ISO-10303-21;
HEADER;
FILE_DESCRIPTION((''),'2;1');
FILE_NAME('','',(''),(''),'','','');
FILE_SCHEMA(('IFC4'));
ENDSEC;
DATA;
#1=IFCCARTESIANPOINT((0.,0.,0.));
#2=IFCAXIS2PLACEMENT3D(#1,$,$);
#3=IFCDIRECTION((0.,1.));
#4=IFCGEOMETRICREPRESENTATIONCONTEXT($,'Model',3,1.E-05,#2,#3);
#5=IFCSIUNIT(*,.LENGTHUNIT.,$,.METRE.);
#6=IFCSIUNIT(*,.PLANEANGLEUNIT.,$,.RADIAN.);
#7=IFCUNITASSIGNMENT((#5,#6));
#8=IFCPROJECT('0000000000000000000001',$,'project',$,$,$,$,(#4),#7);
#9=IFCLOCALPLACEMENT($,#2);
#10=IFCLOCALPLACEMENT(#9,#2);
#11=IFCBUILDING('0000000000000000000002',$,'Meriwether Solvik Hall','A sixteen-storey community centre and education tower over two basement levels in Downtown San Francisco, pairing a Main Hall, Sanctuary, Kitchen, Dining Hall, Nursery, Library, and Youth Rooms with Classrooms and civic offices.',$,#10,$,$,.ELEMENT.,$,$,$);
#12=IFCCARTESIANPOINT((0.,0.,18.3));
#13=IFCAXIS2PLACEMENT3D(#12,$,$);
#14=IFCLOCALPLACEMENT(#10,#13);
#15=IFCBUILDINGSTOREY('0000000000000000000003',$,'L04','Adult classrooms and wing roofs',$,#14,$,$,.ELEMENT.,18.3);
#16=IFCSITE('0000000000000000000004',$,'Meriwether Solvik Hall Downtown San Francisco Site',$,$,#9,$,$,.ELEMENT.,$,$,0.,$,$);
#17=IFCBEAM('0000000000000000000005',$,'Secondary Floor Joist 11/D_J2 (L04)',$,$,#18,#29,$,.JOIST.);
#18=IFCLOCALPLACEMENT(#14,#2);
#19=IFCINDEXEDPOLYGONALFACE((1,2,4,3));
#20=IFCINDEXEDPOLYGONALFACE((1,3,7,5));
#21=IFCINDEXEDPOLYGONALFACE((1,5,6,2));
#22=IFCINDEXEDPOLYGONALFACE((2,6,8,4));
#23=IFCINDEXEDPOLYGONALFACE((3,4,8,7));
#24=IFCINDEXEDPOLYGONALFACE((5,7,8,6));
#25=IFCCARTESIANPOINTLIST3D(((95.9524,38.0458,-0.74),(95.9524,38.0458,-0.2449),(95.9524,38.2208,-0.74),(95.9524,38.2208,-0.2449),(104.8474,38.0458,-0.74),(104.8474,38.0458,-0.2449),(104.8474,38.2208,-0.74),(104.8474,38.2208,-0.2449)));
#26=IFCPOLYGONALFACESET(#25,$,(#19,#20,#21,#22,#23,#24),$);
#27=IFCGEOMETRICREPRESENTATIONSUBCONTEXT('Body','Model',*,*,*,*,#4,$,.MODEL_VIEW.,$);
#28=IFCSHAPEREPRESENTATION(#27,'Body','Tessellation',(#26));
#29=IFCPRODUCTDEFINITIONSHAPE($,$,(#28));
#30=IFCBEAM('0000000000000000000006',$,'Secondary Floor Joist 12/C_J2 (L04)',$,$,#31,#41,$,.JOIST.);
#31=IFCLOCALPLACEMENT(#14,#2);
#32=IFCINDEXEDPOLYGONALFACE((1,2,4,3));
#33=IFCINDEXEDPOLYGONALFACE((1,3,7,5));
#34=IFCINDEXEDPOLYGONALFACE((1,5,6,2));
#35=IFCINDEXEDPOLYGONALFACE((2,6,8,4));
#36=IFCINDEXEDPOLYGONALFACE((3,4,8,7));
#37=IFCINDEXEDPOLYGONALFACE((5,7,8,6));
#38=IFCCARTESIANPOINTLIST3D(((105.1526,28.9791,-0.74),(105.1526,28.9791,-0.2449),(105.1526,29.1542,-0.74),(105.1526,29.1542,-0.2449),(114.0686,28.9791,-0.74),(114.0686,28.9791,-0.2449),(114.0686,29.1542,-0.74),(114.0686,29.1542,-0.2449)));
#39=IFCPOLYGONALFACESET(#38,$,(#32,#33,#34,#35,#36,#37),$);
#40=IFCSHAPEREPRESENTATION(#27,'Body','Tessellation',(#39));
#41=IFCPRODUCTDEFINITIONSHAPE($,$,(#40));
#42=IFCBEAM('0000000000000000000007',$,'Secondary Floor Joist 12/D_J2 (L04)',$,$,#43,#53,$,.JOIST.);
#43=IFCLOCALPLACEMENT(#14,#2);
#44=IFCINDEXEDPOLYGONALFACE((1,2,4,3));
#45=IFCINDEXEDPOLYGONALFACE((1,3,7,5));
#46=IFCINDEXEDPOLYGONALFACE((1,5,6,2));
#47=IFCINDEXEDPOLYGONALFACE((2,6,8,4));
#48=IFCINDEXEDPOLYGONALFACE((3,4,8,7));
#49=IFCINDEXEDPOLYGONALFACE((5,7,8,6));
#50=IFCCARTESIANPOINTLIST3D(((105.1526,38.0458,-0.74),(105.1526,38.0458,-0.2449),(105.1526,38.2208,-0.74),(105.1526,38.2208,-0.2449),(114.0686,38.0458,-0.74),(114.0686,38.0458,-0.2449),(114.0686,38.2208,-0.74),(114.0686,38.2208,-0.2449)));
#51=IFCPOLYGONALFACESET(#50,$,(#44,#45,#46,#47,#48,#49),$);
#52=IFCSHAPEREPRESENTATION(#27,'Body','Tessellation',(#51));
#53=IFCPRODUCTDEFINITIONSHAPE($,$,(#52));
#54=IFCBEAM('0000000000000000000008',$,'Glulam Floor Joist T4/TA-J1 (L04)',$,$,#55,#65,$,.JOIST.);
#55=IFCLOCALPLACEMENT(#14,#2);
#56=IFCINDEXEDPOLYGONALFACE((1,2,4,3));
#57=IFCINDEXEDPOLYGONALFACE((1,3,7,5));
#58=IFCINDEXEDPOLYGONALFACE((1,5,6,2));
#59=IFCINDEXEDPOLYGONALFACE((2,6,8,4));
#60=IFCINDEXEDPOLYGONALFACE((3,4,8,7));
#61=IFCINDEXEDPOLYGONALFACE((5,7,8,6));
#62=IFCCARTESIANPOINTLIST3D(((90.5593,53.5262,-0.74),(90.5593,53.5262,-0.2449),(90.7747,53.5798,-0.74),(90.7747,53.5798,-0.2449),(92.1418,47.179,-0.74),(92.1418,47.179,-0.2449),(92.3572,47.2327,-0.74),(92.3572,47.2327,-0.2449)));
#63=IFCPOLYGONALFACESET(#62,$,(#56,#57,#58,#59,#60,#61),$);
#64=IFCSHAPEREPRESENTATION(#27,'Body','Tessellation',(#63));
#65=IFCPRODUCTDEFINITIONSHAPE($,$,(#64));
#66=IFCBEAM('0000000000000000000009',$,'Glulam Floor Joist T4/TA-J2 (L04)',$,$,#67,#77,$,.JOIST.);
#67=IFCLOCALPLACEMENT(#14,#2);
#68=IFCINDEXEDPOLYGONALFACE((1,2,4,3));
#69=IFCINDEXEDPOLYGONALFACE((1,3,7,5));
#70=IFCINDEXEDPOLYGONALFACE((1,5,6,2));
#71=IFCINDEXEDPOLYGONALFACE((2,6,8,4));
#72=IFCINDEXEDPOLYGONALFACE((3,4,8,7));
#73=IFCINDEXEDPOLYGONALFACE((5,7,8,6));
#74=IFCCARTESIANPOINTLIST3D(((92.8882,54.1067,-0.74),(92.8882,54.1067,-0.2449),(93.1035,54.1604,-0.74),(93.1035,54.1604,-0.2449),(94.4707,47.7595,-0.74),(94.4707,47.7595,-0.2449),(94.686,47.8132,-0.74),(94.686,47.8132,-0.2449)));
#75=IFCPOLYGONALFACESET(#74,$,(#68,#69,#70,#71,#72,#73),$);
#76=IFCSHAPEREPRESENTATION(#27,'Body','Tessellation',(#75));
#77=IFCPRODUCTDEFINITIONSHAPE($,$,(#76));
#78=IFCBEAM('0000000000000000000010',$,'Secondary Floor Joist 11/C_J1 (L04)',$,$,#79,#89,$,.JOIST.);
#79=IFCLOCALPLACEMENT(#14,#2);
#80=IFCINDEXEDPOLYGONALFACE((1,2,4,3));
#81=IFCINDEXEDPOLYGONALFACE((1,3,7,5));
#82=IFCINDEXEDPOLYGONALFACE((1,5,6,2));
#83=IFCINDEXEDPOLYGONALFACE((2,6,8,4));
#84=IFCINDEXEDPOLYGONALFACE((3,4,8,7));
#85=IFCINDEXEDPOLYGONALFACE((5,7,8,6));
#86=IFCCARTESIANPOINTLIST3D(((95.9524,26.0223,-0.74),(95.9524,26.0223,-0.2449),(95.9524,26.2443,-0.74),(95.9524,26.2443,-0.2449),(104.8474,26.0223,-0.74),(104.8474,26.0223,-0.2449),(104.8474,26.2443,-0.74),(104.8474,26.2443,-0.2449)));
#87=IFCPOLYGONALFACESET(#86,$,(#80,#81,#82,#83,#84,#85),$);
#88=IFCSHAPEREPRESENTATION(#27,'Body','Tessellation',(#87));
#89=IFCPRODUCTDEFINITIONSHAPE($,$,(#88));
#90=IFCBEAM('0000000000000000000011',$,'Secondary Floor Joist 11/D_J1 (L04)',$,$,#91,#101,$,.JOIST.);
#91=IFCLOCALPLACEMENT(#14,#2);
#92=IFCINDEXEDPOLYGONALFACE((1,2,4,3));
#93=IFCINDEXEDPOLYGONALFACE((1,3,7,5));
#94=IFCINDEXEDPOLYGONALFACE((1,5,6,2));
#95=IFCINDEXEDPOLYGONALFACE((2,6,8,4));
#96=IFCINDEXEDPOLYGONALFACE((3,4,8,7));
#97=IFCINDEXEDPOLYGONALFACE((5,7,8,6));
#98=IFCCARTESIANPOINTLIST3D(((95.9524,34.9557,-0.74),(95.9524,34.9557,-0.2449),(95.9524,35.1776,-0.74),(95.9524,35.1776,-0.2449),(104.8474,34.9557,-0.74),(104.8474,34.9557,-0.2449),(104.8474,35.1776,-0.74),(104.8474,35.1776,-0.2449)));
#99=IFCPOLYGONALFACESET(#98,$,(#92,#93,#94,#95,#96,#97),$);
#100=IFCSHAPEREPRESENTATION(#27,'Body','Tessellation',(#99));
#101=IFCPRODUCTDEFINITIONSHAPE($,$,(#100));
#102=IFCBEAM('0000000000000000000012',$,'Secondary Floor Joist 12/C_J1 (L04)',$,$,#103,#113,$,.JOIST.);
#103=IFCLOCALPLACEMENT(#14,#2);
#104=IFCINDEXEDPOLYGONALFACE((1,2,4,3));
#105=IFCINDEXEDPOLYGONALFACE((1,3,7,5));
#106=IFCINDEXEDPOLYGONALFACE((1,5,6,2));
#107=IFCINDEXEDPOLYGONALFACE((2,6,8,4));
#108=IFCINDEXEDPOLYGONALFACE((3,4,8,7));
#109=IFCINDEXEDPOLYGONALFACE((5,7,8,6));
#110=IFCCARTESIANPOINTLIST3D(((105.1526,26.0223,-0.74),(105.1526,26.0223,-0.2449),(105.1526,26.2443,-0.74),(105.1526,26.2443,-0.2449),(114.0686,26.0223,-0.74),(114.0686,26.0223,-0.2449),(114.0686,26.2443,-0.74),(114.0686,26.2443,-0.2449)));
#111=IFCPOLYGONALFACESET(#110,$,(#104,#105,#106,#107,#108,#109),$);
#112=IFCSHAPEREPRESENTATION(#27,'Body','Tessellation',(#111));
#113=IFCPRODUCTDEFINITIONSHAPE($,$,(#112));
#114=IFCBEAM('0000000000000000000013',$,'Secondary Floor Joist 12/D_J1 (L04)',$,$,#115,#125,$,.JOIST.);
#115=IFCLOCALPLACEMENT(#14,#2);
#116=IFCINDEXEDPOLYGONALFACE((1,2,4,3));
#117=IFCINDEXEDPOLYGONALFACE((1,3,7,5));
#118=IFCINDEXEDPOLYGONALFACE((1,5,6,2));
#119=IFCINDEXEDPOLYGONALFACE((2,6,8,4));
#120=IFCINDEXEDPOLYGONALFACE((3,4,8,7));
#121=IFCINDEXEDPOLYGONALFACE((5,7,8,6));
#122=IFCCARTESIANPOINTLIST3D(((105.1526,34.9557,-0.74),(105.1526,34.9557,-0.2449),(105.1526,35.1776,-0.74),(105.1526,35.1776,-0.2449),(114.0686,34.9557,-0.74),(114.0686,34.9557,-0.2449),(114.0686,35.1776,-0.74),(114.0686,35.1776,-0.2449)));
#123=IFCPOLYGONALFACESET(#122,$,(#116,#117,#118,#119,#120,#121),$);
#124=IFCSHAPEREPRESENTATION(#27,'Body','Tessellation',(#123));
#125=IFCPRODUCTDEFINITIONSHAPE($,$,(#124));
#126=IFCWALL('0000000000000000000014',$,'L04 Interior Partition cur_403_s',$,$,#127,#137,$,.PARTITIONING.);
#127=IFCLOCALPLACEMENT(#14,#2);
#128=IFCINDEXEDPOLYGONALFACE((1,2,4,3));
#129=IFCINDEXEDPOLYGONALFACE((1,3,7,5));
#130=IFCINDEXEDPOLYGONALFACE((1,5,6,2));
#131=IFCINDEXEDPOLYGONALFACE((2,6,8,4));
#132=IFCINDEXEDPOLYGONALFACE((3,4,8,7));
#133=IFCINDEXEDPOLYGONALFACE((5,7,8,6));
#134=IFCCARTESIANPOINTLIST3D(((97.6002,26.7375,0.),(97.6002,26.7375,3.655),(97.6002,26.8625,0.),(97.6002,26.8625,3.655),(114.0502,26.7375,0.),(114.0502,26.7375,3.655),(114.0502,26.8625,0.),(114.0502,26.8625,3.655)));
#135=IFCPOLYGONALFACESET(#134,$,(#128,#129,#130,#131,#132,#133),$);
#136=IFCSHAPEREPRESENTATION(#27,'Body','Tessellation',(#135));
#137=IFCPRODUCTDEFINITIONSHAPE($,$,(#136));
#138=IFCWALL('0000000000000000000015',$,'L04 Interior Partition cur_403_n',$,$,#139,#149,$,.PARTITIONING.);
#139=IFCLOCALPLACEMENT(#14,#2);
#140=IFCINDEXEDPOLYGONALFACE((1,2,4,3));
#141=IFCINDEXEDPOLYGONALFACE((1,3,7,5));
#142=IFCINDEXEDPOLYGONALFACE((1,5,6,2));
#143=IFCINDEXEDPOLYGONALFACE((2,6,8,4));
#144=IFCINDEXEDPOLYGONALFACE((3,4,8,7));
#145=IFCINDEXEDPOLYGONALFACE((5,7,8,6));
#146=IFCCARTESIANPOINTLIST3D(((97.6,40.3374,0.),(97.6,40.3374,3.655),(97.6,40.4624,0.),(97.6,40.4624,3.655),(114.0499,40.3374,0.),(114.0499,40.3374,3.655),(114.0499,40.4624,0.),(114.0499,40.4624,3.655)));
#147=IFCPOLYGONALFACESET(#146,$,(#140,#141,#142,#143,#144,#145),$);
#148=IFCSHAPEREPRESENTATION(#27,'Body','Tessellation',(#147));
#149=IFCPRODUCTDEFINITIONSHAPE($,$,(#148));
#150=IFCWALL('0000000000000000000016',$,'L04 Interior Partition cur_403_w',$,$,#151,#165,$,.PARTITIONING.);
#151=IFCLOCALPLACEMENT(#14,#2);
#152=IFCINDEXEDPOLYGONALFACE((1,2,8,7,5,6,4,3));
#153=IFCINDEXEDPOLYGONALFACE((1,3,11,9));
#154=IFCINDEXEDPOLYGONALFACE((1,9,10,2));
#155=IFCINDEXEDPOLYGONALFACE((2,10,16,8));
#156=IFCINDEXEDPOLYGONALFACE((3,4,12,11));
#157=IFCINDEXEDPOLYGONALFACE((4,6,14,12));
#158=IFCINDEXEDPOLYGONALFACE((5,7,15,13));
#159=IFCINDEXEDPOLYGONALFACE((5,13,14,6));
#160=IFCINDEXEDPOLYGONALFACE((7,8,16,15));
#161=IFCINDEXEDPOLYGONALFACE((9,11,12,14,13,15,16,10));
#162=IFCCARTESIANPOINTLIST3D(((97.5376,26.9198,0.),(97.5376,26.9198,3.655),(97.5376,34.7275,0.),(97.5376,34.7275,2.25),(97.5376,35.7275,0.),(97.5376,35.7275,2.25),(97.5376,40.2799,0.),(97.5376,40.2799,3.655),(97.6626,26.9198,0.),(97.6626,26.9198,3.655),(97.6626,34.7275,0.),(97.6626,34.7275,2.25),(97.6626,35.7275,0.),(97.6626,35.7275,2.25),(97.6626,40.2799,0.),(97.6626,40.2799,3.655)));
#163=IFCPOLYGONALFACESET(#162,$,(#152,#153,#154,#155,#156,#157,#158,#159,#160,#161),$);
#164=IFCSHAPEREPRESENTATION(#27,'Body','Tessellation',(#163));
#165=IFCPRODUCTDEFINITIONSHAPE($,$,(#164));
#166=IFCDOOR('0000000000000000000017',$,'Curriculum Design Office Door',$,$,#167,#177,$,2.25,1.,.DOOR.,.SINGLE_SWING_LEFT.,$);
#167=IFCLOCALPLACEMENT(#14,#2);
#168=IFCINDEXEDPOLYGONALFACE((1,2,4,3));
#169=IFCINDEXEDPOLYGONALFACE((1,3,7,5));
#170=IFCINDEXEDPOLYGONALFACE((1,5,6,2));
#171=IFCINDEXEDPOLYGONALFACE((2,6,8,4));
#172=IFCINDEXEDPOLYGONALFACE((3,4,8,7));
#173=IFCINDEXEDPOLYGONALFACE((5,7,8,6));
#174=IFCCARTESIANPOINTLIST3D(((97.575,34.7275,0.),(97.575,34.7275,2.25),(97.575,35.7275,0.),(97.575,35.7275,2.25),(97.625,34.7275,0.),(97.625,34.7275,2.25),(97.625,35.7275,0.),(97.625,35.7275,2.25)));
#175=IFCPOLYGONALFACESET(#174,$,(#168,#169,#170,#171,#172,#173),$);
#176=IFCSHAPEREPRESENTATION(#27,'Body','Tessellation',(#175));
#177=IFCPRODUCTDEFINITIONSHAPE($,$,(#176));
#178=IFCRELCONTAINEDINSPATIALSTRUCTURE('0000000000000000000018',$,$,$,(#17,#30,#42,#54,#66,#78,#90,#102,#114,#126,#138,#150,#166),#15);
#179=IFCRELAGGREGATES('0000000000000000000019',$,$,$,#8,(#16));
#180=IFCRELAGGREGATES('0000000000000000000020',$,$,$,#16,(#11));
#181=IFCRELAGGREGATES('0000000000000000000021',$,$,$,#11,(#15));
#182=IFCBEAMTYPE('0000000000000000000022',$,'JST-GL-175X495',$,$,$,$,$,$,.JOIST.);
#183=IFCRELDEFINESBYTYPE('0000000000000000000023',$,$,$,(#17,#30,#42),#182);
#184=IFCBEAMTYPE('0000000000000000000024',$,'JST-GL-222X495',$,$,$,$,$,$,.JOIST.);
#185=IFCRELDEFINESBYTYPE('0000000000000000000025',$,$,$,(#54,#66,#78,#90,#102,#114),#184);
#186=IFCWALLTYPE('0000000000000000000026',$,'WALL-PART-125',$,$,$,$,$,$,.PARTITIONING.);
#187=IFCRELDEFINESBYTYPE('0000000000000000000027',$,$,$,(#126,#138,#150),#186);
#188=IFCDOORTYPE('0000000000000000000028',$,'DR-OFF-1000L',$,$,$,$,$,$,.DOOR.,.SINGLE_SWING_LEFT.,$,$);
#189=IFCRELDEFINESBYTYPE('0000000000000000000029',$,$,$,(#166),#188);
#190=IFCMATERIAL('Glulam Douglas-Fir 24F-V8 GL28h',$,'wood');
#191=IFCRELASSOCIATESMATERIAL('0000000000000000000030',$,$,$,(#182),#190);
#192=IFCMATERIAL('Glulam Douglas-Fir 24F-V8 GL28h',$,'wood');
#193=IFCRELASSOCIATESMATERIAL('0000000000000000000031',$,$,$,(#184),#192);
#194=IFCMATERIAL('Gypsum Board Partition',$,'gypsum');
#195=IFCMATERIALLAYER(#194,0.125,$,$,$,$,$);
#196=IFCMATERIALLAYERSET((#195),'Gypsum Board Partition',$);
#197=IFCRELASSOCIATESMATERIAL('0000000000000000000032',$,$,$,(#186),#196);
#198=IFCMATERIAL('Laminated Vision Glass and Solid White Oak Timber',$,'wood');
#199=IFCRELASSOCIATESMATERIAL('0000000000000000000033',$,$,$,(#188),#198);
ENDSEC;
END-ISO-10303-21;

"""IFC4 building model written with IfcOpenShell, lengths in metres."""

from ifc_helpers import new_model, si_unit, direction, frame, frame_2d, origin, origin_2d, place, context, subcontext, project, spatial, rectangle, extrude, material, layer, layer_set, material_profile, profile_set, type_object, element, fill, save


model = new_model("IFC4")

# Units and contexts
model_context = context("Model", 3, precision=1e-05, world=origin(), true_north=direction((0.0, 1.0)))
body_context = subcontext(model_context, "Body", "Model", "MODEL_VIEW")
ifc_project = project(units=[si_unit("LENGTHUNIT", "METRE"), si_unit("PLANEANGLEUNIT", "RADIAN")], contexts=[model_context])

# Site, building, storey
site_placement = place(None, origin())
site = spatial("IfcSite", under=ifc_project, at=site_placement, Name="Meriwether Solvik Hall Downtown San Francisco Site", CompositionType="ELEMENT", RefElevation=0.0)
building_placement = place(site_placement, origin())
building = spatial("IfcBuilding", under=site, at=building_placement, Name="Meriwether Solvik Hall", Description="A sixteen-storey community centre and education tower over two basement levels in Downtown San Francisco, pairing a Main Hall, Sanctuary, Kitchen, Dining Hall, Nursery, Library, and Youth Rooms with Classrooms and civic offices.", CompositionType="ELEMENT")
storey_placement = place(building_placement, frame((0.0, 0.0, 18.3)))
storey = spatial("IfcBuildingStorey", under=building, at=storey_placement, Name="L04", Description="Adult classrooms and wing roofs", CompositionType="ELEMENT", Elevation=18.3)

# Beams
ifc_material_1 = material(Name="Glulam Douglas-Fir 24F-V8 GL28h", Category="wood")
ifc_material_profile_1 = material_profile(ifc_material_1, rectangle(XDim=0.175, YDim=0.4951, at=origin_2d()), Name="GLJ-175X495")
ifc_profile_set_1 = profile_set([ifc_material_profile_1], Name="Glulam Douglas-Fir 24F-V8 GL28h")
beam_type_1 = type_object("IfcBeamType", Name="JST-GL-175X495", PredefinedType="JOIST", material=ifc_profile_set_1)
for number, where, z_axis, x_axis, name in (
    (1, (95.9524, 38.1333, -0.4924), (1.0, 0.0, 0.0), (0.0, 1.0, 0.0), "Secondary Floor Joist 11/D_J2 (L04)"),
):
    element("IfcBeam", number, at=place(storey_placement, frame(where, z_axis=z_axis, x_axis=x_axis)), inside=storey, type_object=beam_type_1, Name=name, PredefinedType="JOIST", context=body_context, shape_type="SweptSolid", body=[
        extrude(rectangle(XDim=0.175, YDim=0.4951, at=origin_2d()), origin(), (0.0, 0.0, 1.0), 8.895),
    ])
for number, where, z_axis, x_axis, name in (
    (2, (105.1526, 29.0667, -0.4924), (1.0, 0.0, 0.0), (0.0, 1.0, 0.0), "Secondary Floor Joist 12/C_J2 (L04)"),
    (3, (105.1526, 38.1333, -0.4924), (1.0, 0.0, 0.0), (0.0, 1.0, 0.0), "Secondary Floor Joist 12/D_J2 (L04)"),
):
    element("IfcBeam", number, at=place(storey_placement, frame(where, z_axis=z_axis, x_axis=x_axis)), inside=storey, type_object=beam_type_1, Name=name, PredefinedType="JOIST", context=body_context, shape_type="SweptSolid", body=[
        extrude(rectangle(XDim=0.175, YDim=0.4951, at=origin_2d()), origin(), (0.0, 0.0, 1.0), 8.916),
    ])
ifc_material_2 = material(Name="Glulam Douglas-Fir 24F-V8 GL28h", Category="wood")
ifc_material_profile_2 = material_profile(ifc_material_2, rectangle(XDim=0.2219, YDim=0.4951, at=origin_2d()), Name="GLJ-222X495")
ifc_profile_set_2 = profile_set([ifc_material_profile_2], Name="Glulam Douglas-Fir 24F-V8 GL28h")
beam_type_2 = type_object("IfcBeamType", Name="JST-GL-222X495", PredefinedType="JOIST", material=ifc_profile_set_2)
for number, where, z_axis, x_axis, name in (
    (4, (92.2495, 47.2058, -0.4924), (-0.241921, 0.970296, 0.0), (-0.970296, -0.241921, 0.0), "Glulam Floor Joist T4/TA-J1 (L04)"),
    (5, (94.5784, 47.7864, -0.4924), (-0.241921, 0.970296, 0.0), (-0.970296, -0.241921, 0.0), "Glulam Floor Joist T4/TA-J2 (L04)"),
):
    element("IfcBeam", number, at=place(storey_placement, frame(where, z_axis=z_axis, x_axis=x_axis)), inside=storey, type_object=beam_type_2, Name=name, PredefinedType="JOIST", context=body_context, shape_type="SweptSolid", body=[
        extrude(rectangle(XDim=0.2219, YDim=0.4951, at=origin_2d()), origin(), (0.0, 0.0, 1.0), 6.5415),
    ])
for number, where, z_axis, x_axis, name in (
    (6, (95.9524, 26.1333, -0.4924), (1.0, 0.0, 0.0), (0.0, 1.0, 0.0), "Secondary Floor Joist 11/C_J1 (L04)"),
    (7, (95.9524, 35.0667, -0.4924), (1.0, 0.0, 0.0), (0.0, 1.0, 0.0), "Secondary Floor Joist 11/D_J1 (L04)"),
):
    element("IfcBeam", number, at=place(storey_placement, frame(where, z_axis=z_axis, x_axis=x_axis)), inside=storey, type_object=beam_type_2, Name=name, PredefinedType="JOIST", context=body_context, shape_type="SweptSolid", body=[
        extrude(rectangle(XDim=0.2219, YDim=0.4951, at=origin_2d()), origin(), (0.0, 0.0, 1.0), 8.895),
    ])
for number, where, z_axis, x_axis, name in (
    (8, (105.1526, 26.1333, -0.4924), (1.0, 0.0, 0.0), (0.0, 1.0, 0.0), "Secondary Floor Joist 12/C_J1 (L04)"),
    (9, (105.1526, 35.0667, -0.4924), (1.0, 0.0, 0.0), (0.0, 1.0, 0.0), "Secondary Floor Joist 12/D_J1 (L04)"),
):
    element("IfcBeam", number, at=place(storey_placement, frame(where, z_axis=z_axis, x_axis=x_axis)), inside=storey, type_object=beam_type_2, Name=name, PredefinedType="JOIST", context=body_context, shape_type="SweptSolid", body=[
        extrude(rectangle(XDim=0.2219, YDim=0.4951, at=origin_2d()), origin(), (0.0, 0.0, 1.0), 8.916),
    ])

# Walls
ifc_material_3 = material(Name="Gypsum Board Partition", Category="gypsum")
ifc_layer = layer(ifc_material_3, 0.125)
ifc_layer_set = layer_set([ifc_layer], Name="Gypsum Board Partition")
wall_type = type_object("IfcWallType", Name="WALL-PART-125", PredefinedType="PARTITIONING", material=ifc_layer_set)
for number, where, z_axis, x_axis, name in (
    (10, (97.6001, 26.8, 0.0), (0.0, 0.0, 1.0), (1.0, 0.0, 0.0), "L04 Interior Partition cur_403_s"),
    (11, (114.05, 40.3999, 0.0), (0.0, 0.0, 1.0), (-1.0, 0.0, 0.0), "L04 Interior Partition cur_403_n"),
):
    element("IfcWall", number, at=place(storey_placement, frame(where, z_axis=z_axis, x_axis=x_axis)), inside=storey, type_object=wall_type, Name=name, PredefinedType="PARTITIONING", context=body_context, shape_type="SweptSolid", body=[
        extrude(rectangle(XDim=16.45, YDim=0.125, at=frame_2d((8.2251, 0.0))), origin(), (0.0, 0.0, 1.0), 3.655),
    ])

# Wall, opening, door
wall_placement = place(storey_placement, frame((97.6001, 40.28, 0.0), z_axis=(0.0, 0.0, 1.0), x_axis=(0.0, -1.0, 0.0)))
wall = element("IfcWall", 12, at=wall_placement, inside=storey, type_object=wall_type, Name="L04 Interior Partition cur_403_w", PredefinedType="PARTITIONING", context=body_context, shape_type="SweptSolid", body=[
    extrude(rectangle(XDim=13.3601, YDim=0.125, at=frame_2d((6.6802, 0.0))), origin(), (0.0, 0.0, 1.0), 3.655),
])
opening_placement = place(wall_placement, frame((4.5525, 0.0, 0.0)))
opening = element("IfcOpeningElement", 13, at=opening_placement, cuts=wall, PredefinedType="OPENING", context=body_context, shape_type="SweptSolid", body=[
    extrude(rectangle(XDim=1.0, YDim=2.25, at=frame_2d((0.5, 1.125))), frame((0.0, 0.0745, 0.0), z_axis=(0.0, -1.0, 0.0), x_axis=(1.0, 0.0, 0.0)), (0.0, 0.0, 1.0), 0.1489),
])
ifc_material_4 = material(Name="Laminated Vision Glass and Solid White Oak Timber", Category="wood")
door_type = type_object("IfcDoorType", Name="DR-OFF-1000L", OperationType="SINGLE_SWING_LEFT", PredefinedType="DOOR", material=ifc_material_4)
door_placement = place(opening_placement, origin())
door = element("IfcDoor", 14, at=door_placement, inside=storey, type_object=door_type, Name="Curriculum Design Office Door", OperationType="SINGLE_SWING_LEFT", OverallHeight=2.25, OverallWidth=1.0, PredefinedType="DOOR", context=body_context, shape_type="SweptSolid", body=[
    extrude(rectangle(XDim=1.0, YDim=2.25, at=frame_2d((0.5, 1.125))), frame((0.0, 0.0249, 0.0), z_axis=(0.0, -1.0, 0.0), x_axis=(1.0, 0.0, 0.0)), (0.0, 0.0, 1.0), 0.05),
])
fill(opening, door)

save(model, "model.ifc")
